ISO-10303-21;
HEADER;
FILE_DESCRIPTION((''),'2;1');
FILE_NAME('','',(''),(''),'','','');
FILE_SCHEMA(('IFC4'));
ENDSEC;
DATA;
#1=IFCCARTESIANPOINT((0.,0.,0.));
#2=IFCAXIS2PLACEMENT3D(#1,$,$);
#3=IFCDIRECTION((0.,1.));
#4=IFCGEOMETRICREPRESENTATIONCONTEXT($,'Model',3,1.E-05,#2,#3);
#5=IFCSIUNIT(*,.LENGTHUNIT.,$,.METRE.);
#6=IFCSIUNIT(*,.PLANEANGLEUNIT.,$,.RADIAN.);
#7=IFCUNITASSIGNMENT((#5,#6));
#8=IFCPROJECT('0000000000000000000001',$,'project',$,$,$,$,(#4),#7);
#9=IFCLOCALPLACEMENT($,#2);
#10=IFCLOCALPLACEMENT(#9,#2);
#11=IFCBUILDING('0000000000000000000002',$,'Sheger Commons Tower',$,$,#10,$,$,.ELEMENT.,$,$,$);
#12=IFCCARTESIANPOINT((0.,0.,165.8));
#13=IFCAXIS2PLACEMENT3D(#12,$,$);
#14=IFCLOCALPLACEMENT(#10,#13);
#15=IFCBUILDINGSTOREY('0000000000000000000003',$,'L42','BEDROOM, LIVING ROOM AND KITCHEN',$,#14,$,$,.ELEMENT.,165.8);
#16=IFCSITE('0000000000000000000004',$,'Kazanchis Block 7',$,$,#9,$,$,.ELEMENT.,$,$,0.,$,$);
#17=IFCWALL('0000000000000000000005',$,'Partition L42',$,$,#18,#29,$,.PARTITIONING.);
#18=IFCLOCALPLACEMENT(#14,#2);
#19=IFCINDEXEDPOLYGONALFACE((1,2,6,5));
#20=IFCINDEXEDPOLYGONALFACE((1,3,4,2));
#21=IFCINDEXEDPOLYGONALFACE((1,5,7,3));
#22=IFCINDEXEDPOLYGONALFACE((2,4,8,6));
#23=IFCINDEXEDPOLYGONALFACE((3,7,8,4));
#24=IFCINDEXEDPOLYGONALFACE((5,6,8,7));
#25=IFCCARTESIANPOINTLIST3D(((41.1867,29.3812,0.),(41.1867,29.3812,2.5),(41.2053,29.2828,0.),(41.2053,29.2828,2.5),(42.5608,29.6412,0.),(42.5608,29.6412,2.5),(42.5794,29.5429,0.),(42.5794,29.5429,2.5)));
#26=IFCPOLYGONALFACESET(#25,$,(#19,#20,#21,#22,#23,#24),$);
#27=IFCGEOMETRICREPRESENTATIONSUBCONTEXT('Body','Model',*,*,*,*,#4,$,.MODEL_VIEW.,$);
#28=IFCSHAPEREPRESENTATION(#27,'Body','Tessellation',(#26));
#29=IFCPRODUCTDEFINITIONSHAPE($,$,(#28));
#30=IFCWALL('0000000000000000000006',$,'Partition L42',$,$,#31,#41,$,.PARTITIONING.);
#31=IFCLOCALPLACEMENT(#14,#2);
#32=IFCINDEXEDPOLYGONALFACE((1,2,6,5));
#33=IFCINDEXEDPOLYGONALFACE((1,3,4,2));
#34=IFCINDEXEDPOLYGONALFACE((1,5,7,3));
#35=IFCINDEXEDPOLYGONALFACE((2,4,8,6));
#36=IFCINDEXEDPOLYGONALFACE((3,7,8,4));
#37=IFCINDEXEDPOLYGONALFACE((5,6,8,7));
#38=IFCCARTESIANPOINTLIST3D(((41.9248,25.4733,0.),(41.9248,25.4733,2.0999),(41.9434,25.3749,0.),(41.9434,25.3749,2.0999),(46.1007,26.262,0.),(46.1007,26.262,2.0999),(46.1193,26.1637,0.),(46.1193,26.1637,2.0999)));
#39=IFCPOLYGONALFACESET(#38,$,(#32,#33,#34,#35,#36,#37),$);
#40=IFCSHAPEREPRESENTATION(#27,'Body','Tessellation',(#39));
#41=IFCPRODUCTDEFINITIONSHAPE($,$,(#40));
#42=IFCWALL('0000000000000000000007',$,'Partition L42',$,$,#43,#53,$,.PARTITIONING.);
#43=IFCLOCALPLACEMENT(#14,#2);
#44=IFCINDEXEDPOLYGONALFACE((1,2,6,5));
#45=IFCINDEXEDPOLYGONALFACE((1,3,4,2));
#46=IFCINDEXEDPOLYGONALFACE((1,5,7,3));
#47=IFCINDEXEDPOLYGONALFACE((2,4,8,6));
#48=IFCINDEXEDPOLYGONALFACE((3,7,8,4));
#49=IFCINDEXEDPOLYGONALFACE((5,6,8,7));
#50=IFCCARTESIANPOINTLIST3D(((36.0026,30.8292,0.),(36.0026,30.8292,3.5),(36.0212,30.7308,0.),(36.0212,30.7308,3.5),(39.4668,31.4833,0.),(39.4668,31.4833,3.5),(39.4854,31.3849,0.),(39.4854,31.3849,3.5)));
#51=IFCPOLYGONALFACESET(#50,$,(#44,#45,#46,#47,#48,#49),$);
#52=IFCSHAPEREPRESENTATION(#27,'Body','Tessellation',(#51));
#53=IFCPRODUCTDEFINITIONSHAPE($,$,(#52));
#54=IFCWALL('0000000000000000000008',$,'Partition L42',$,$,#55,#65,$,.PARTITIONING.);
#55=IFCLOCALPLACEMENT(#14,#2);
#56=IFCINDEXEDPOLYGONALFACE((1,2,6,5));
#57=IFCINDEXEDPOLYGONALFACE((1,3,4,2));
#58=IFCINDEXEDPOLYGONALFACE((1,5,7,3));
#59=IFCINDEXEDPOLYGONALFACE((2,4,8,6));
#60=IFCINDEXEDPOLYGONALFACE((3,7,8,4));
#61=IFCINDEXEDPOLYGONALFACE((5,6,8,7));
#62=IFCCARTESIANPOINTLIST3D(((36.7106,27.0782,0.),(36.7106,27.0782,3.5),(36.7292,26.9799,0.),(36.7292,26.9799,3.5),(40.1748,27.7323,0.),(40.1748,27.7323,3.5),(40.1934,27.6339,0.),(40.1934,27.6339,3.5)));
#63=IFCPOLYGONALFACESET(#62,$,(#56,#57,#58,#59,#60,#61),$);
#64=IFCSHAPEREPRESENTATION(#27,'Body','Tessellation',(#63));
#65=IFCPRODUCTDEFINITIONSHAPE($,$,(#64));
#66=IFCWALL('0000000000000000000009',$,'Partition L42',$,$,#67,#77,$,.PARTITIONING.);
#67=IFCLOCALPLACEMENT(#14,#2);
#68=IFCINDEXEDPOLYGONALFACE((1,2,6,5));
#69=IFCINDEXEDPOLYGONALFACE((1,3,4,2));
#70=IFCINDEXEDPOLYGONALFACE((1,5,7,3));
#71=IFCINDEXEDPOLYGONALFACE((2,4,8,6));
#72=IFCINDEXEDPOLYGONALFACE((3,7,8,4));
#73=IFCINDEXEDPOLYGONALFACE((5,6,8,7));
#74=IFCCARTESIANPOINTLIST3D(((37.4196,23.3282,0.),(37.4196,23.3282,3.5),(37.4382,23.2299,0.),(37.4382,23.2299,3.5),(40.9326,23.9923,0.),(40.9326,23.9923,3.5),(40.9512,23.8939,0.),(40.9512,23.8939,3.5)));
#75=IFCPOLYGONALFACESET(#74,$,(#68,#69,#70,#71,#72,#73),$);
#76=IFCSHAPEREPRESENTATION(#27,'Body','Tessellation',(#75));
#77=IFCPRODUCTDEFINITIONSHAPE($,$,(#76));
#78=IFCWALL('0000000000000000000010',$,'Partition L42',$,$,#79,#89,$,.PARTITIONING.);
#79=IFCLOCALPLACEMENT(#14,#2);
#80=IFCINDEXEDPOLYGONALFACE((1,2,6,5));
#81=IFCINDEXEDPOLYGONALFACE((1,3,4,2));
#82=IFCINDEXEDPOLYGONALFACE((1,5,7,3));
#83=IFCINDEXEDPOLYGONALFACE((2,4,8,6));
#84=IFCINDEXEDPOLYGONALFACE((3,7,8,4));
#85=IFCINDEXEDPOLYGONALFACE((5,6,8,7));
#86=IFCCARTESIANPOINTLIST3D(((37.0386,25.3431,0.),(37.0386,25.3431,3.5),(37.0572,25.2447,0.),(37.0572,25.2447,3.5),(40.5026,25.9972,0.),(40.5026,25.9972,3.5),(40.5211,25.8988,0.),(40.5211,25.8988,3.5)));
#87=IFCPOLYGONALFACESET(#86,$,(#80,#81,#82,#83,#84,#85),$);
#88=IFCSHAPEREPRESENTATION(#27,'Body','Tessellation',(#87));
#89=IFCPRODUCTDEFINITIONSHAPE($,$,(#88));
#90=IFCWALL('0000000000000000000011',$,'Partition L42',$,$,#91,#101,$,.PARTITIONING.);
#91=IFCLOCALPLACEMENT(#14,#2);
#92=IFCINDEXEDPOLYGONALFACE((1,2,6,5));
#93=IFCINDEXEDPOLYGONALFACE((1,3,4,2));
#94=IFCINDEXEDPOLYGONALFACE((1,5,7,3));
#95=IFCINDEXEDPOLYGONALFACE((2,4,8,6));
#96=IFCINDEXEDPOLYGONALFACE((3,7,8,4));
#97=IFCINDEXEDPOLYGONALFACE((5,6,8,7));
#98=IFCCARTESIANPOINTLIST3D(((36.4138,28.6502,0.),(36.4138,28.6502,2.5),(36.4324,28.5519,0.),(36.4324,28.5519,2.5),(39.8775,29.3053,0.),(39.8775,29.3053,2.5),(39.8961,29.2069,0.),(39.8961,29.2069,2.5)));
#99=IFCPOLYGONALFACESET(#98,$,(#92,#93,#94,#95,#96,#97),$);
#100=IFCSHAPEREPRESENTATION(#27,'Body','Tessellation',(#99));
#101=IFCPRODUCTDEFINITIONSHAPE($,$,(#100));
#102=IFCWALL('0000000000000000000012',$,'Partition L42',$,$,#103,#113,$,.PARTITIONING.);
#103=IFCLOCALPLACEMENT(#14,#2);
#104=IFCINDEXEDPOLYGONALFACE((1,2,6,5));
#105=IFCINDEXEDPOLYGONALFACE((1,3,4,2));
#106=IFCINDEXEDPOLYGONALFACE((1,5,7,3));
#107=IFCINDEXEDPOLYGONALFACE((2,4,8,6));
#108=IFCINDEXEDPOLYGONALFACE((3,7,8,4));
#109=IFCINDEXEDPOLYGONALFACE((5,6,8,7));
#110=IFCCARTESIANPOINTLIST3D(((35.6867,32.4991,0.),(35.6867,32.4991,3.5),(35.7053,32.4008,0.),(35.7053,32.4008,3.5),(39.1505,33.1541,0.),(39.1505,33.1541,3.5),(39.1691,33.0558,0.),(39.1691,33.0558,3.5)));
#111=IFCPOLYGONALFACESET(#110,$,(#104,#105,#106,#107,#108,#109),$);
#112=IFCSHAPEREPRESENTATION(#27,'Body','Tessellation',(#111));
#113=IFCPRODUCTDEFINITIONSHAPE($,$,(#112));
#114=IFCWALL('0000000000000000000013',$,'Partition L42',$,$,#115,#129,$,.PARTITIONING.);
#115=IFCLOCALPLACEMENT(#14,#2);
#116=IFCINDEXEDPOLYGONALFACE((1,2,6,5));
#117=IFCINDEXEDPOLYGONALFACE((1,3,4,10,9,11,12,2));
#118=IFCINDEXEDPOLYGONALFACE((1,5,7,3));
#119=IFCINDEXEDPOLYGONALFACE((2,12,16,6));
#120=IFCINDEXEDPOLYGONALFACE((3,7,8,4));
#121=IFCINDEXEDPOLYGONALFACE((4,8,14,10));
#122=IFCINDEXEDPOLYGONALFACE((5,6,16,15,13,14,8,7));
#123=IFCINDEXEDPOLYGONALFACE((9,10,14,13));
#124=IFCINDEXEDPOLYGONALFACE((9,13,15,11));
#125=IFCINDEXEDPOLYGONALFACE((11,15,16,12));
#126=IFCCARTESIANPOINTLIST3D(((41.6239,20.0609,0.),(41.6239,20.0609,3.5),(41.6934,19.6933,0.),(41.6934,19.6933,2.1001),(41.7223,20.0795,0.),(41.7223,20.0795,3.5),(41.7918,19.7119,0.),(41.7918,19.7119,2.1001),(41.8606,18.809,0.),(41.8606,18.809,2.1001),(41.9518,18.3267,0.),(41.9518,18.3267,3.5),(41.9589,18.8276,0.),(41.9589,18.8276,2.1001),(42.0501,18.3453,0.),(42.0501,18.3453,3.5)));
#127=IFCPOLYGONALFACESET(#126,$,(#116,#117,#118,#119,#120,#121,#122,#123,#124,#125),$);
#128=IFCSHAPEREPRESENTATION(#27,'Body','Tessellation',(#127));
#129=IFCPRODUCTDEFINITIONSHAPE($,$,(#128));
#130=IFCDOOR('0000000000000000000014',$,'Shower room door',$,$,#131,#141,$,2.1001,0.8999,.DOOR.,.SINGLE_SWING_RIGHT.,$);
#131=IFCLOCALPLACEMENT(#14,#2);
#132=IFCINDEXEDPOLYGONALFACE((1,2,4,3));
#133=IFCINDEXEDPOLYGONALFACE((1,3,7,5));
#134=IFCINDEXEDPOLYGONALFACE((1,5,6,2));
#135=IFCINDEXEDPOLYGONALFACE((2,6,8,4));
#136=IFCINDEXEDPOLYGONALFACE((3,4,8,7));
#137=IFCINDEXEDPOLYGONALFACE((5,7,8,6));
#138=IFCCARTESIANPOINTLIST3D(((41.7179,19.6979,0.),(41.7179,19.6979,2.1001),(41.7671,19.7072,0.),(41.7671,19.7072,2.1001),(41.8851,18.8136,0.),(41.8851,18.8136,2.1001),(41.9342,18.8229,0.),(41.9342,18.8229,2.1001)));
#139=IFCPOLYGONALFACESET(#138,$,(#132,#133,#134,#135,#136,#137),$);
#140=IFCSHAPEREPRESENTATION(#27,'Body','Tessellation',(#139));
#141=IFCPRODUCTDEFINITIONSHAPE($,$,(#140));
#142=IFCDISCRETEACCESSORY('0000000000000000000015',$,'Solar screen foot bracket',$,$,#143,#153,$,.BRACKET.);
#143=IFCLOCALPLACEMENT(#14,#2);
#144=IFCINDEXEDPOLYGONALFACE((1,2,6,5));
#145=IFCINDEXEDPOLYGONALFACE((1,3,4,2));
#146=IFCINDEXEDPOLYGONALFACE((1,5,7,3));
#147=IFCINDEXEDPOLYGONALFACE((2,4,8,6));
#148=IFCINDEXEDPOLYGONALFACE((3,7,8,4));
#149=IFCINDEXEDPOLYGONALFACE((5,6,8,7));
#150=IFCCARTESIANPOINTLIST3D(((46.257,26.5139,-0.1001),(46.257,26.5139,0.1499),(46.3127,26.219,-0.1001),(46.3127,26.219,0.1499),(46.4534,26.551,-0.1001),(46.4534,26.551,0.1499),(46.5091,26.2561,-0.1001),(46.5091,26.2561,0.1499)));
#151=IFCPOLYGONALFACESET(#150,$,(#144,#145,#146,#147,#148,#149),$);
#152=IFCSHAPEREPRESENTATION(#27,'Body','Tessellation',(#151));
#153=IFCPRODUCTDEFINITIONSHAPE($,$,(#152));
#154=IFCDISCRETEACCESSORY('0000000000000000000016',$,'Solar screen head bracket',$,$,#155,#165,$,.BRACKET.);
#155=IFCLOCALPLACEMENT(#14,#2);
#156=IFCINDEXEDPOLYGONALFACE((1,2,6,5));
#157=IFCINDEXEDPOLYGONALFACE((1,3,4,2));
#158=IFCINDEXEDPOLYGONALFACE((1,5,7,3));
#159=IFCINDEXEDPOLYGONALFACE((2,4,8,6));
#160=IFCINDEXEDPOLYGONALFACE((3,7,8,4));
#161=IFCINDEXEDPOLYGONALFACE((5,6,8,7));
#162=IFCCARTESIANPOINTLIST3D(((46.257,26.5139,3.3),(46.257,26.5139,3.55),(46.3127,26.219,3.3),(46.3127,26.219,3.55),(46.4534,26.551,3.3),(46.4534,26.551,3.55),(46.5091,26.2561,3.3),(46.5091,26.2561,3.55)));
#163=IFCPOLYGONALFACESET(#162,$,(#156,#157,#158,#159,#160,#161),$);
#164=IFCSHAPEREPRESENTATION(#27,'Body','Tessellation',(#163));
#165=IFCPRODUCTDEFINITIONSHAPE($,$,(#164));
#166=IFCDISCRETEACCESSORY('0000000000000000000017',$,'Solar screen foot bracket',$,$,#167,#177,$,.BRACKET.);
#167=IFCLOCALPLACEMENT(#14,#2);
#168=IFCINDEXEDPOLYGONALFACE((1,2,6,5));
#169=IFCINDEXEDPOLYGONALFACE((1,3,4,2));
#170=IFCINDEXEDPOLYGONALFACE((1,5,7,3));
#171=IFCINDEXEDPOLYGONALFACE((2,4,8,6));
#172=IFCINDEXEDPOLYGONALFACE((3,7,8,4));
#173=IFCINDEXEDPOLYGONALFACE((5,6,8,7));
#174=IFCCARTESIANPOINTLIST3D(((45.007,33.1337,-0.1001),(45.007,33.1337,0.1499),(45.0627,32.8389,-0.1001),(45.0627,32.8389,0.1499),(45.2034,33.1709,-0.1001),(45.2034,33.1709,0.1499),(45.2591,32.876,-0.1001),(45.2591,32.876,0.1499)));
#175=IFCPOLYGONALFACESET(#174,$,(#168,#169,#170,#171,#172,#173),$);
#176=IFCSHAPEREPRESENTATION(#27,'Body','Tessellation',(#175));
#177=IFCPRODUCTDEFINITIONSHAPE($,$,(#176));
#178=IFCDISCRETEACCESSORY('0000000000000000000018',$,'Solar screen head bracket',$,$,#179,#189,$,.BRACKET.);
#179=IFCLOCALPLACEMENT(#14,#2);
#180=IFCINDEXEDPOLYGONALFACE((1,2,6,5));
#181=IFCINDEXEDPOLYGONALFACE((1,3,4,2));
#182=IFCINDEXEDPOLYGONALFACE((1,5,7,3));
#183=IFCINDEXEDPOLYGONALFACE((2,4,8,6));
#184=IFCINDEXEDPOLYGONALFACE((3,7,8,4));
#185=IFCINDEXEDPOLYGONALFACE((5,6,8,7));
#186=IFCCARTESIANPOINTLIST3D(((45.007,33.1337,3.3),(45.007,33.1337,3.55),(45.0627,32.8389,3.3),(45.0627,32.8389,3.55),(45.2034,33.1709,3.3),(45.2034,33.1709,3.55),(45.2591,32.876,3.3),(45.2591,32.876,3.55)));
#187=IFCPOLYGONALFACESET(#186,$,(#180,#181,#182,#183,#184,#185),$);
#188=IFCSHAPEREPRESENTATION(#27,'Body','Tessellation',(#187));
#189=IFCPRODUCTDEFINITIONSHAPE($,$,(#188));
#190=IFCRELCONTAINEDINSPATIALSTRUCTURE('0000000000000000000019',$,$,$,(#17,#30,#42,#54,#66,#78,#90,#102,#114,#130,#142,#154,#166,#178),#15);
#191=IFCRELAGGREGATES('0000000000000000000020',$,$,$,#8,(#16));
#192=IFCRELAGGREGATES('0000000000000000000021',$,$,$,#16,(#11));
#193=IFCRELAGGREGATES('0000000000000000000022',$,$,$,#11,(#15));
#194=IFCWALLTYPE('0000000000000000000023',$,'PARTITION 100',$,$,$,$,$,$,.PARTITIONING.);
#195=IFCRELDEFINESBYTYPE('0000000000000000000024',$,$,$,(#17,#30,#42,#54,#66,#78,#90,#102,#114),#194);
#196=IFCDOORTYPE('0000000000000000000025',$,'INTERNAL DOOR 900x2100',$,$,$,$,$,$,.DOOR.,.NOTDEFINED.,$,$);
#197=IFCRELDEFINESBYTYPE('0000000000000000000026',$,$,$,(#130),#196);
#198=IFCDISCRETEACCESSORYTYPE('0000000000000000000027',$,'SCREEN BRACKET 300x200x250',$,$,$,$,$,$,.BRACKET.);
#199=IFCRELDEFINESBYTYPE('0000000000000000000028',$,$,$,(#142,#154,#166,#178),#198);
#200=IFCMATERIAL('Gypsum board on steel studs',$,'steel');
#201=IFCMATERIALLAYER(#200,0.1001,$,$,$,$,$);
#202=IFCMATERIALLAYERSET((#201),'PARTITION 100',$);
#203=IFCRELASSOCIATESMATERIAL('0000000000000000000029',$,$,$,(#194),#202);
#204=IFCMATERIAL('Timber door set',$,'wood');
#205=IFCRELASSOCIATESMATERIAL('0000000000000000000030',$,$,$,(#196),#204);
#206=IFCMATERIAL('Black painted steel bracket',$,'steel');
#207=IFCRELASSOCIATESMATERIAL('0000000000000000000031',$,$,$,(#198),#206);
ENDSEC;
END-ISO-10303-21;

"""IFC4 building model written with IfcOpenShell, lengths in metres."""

from ifc_helpers import new_model, si_unit, direction, frame, frame_2d, origin, origin_2d, place, context, subcontext, project, spatial, rectangle, extrude, material, layer, layer_set, type_object, element, fill, save


model = new_model("IFC4")

# Units and contexts
model_context = context("Model", 3, precision=1e-05, world=origin(), true_north=direction((0.0, 1.0)))
body_context = subcontext(model_context, "Body", "Model", "MODEL_VIEW")
ifc_project = project(units=[si_unit("LENGTHUNIT", "METRE"), si_unit("PLANEANGLEUNIT", "RADIAN")], contexts=[model_context])

# Site, building, storey
site_placement = place(None, origin())
site = spatial("IfcSite", under=ifc_project, at=site_placement, Name="Kazanchis Block 7", CompositionType="ELEMENT", RefElevation=0.0)
building_placement = place(site_placement, origin())
building = spatial("IfcBuilding", under=site, at=building_placement, Name="Sheger Commons Tower", CompositionType="ELEMENT")
storey_placement = place(building_placement, frame((0.0, 0.0, 165.8)))
storey = spatial("IfcBuildingStorey", under=building, at=storey_placement, Name="L42", Description="BEDROOM, LIVING ROOM AND KITCHEN", CompositionType="ELEMENT", Elevation=165.8)

# Walls
ifc_material_1 = material(Name="Gypsum board on steel studs", Category="steel")
ifc_layer_1 = layer(ifc_material_1, 0.1001)
ifc_layer_set_1 = layer_set([ifc_layer_1], Name="PARTITION 100")
wall_type_1 = type_object("IfcWallType", Name="PARTITION 100", PredefinedType="PARTITIONING", material=ifc_layer_set_1)
wall_1_placement = place(storey_placement, frame((42.5701, 29.592, 0.0), z_axis=(0.0, 0.0, 1.0), x_axis=(-0.982562, -0.185933, 0.0)))
element("IfcWall", 1, at=wall_1_placement, inside=storey, type_object=wall_type_1, Name="Partition L42", PredefinedType="PARTITIONING", context=body_context, shape_type="SweptSolid", body=[
    extrude(rectangle(XDim=1.3984, YDim=0.1001, at=frame_2d((0.6992, 0.0))), origin(), (0.0, 0.0, 1.0), 2.5),
])
wall_2_placement = place(storey_placement, frame((46.1101, 26.2129, 0.0), z_axis=(0.0, 0.0, 1.0), x_axis=(-0.982624, -0.18561, 0.0)))
element("IfcWall", 2, at=wall_2_placement, inside=storey, type_object=wall_type_1, Name="Partition L42", PredefinedType="PARTITIONING", context=body_context, shape_type="SweptSolid", body=[
    extrude(rectangle(XDim=4.2498, YDim=0.1001, at=frame_2d((2.125, 0.0))), origin(), (0.0, 0.0, 1.0), 2.0999),
])
for number, where, z_axis, x_axis, name in (
    (3, (39.4761, 31.4341, 0.0), (0.0, 0.0, 1.0), (-0.982639, -0.18553, 0.0), "Partition L42"),
    (4, (40.1841, 27.6831, 0.0), (0.0, 0.0, 1.0), (-0.982639, -0.18553, 0.0), "Partition L42"),
):
    element("IfcWall", number, at=place(storey_placement, frame(where, z_axis=z_axis, x_axis=x_axis)), inside=storey, type_object=wall_type_1, Name=name, PredefinedType="PARTITIONING", context=body_context, shape_type="SweptSolid", body=[
        extrude(rectangle(XDim=3.5254, YDim=0.1001, at=frame_2d((1.7627, 0.0))), origin(), (0.0, 0.0, 1.0), 3.5),
    ])
wall_3_placement = place(storey_placement, frame((40.9419, 23.9431, 0.0), z_axis=(0.0, 0.0, 1.0), x_axis=(-0.982598, -0.185744, 0.0)))
element("IfcWall", 5, at=wall_3_placement, inside=storey, type_object=wall_type_1, Name="Partition L42", PredefinedType="PARTITIONING", context=body_context, shape_type="SweptSolid", body=[
    extrude(rectangle(XDim=3.5752, YDim=0.1001, at=frame_2d((1.7876, 0.0))), origin(), (0.0, 0.0, 1.0), 3.5),
])
wall_4_placement = place(storey_placement, frame((40.512, 25.948, 0.0), z_axis=(0.0, 0.0, 1.0), x_axis=(-0.982636, -0.185543, 0.0)))
element("IfcWall", 6, at=wall_4_placement, inside=storey, type_object=wall_type_1, Name="Partition L42", PredefinedType="PARTITIONING", context=body_context, shape_type="SweptSolid", body=[
    extrude(rectangle(XDim=3.5251, YDim=0.1001, at=frame_2d((1.7627, 0.0))), origin(), (0.0, 0.0, 1.0), 3.5),
])
wall_5_placement = place(storey_placement, frame((39.887, 29.2561, 0.0), z_axis=(0.0, 0.0, 1.0), x_axis=(-0.982586, -0.18581, 0.0)))
element("IfcWall", 7, at=wall_5_placement, inside=storey, type_object=wall_type_1, Name="Partition L42", PredefinedType="PARTITIONING", context=body_context, shape_type="SweptSolid", body=[
    extrude(rectangle(XDim=3.5251, YDim=0.1001, at=frame_2d((1.7627, 0.0))), origin(), (0.0, 0.0, 1.0), 2.5),
])
wall_6_placement = place(storey_placement, frame((39.1599, 33.105, 0.0), z_axis=(0.0, 0.0, 1.0), x_axis=(-0.982586, -0.18581, 0.0)))
element("IfcWall", 8, at=wall_6_placement, inside=storey, type_object=wall_type_1, Name="Partition L42", PredefinedType="PARTITIONING", context=body_context, shape_type="SweptSolid", body=[
    extrude(rectangle(XDim=3.5251, YDim=0.1001, at=frame_2d((1.7627, 0.0))), origin(), (0.0, 0.0, 1.0), 3.5),
])

# Wall, opening, door
wall_7_placement = place(storey_placement, frame((41.6731, 20.0701, 0.0), z_axis=(0.0, 0.0, 1.0), x_axis=(0.185783, -0.982591, 0.0)))
wall_7 = element("IfcWall", 9, at=wall_7_placement, inside=storey, type_object=wall_type_1, Name="Partition L42", PredefinedType="PARTITIONING", context=body_context, shape_type="SweptSolid", body=[
    extrude(rectangle(XDim=1.7649, YDim=0.1001, at=frame_2d((0.8823, 0.0))), origin(), (0.0, 0.0, 1.0), 3.5),
])
opening_placement = place(wall_7_placement, frame((0.374, 0.0, 0.0)))
opening = element("IfcOpeningElement", 10, at=opening_placement, cuts=wall_7, PredefinedType="OPENING", context=body_context, shape_type="SweptSolid", body=[
    extrude(rectangle(XDim=0.8999, YDim=2.1001, at=frame_2d((0.45, 1.05))), frame((0.0, 0.0601, 0.0), z_axis=(0.0, -1.0, 0.0), x_axis=(1.0, 0.0, 0.0)), (0.0, 0.0, 1.0), 0.1201),
])
ifc_material_2 = material(Name="Timber door set", Category="wood")
door_type = type_object("IfcDoorType", Name="INTERNAL DOOR 900x2100", OperationType="NOTDEFINED", PredefinedType="DOOR", material=ifc_material_2)
door_placement = place(opening_placement, origin())
door = element("IfcDoor", 11, at=door_placement, inside=storey, type_object=door_type, Name="Shower room door", OperationType="SINGLE_SWING_RIGHT", OverallHeight=2.1001, OverallWidth=0.8999, PredefinedType="DOOR", context=body_context, shape_type="SweptSolid", body=[
    extrude(rectangle(XDim=0.8999, YDim=2.1001, at=frame_2d((0.45, 1.05))), frame((0.0, 0.0249, 0.0), z_axis=(0.0, -1.0, 0.0), x_axis=(1.0, 0.0, 0.0)), (0.0, 0.0, 1.0), 0.05),
])
fill(opening, door)

# Discrete accessories
ifc_material_3 = material(Name="Black painted steel bracket", Category="steel")
discrete_accessory_type = type_object("IfcDiscreteAccessoryType", Name="SCREEN BRACKET 300x200x250", PredefinedType="BRACKET", material=ifc_material_3)
for number, where, z_axis, x_axis, name in (
    (12, (46.3831, 26.385, -0.1001), (0.0, 0.0, 1.0), (-0.185615, 0.982623, 0.0), "Solar screen foot bracket"),
    (13, (46.3831, 26.385, 3.3), (0.0, 0.0, 1.0), (-0.185615, 0.982623, 0.0), "Solar screen head bracket"),
    (14, (45.1331, 33.0049, -0.1001), (0.0, 0.0, 1.0), (-0.185615, 0.982623, 0.0), "Solar screen foot bracket"),
    (15, (45.1331, 33.0049, 3.3), (0.0, 0.0, 1.0), (-0.185615, 0.982623, 0.0), "Solar screen head bracket"),
):
    element("IfcDiscreteAccessory", number, at=place(storey_placement, frame(where, z_axis=z_axis, x_axis=x_axis)), inside=storey, type_object=discrete_accessory_type, Name=name, PredefinedType="BRACKET", context=body_context, shape_type="SweptSolid", body=[
        extrude(rectangle(XDim=0.3, YDim=0.2, at=origin_2d()), origin(), (0.0, 0.0, 1.0), 0.25),
    ])

save(model, "model.ifc")
